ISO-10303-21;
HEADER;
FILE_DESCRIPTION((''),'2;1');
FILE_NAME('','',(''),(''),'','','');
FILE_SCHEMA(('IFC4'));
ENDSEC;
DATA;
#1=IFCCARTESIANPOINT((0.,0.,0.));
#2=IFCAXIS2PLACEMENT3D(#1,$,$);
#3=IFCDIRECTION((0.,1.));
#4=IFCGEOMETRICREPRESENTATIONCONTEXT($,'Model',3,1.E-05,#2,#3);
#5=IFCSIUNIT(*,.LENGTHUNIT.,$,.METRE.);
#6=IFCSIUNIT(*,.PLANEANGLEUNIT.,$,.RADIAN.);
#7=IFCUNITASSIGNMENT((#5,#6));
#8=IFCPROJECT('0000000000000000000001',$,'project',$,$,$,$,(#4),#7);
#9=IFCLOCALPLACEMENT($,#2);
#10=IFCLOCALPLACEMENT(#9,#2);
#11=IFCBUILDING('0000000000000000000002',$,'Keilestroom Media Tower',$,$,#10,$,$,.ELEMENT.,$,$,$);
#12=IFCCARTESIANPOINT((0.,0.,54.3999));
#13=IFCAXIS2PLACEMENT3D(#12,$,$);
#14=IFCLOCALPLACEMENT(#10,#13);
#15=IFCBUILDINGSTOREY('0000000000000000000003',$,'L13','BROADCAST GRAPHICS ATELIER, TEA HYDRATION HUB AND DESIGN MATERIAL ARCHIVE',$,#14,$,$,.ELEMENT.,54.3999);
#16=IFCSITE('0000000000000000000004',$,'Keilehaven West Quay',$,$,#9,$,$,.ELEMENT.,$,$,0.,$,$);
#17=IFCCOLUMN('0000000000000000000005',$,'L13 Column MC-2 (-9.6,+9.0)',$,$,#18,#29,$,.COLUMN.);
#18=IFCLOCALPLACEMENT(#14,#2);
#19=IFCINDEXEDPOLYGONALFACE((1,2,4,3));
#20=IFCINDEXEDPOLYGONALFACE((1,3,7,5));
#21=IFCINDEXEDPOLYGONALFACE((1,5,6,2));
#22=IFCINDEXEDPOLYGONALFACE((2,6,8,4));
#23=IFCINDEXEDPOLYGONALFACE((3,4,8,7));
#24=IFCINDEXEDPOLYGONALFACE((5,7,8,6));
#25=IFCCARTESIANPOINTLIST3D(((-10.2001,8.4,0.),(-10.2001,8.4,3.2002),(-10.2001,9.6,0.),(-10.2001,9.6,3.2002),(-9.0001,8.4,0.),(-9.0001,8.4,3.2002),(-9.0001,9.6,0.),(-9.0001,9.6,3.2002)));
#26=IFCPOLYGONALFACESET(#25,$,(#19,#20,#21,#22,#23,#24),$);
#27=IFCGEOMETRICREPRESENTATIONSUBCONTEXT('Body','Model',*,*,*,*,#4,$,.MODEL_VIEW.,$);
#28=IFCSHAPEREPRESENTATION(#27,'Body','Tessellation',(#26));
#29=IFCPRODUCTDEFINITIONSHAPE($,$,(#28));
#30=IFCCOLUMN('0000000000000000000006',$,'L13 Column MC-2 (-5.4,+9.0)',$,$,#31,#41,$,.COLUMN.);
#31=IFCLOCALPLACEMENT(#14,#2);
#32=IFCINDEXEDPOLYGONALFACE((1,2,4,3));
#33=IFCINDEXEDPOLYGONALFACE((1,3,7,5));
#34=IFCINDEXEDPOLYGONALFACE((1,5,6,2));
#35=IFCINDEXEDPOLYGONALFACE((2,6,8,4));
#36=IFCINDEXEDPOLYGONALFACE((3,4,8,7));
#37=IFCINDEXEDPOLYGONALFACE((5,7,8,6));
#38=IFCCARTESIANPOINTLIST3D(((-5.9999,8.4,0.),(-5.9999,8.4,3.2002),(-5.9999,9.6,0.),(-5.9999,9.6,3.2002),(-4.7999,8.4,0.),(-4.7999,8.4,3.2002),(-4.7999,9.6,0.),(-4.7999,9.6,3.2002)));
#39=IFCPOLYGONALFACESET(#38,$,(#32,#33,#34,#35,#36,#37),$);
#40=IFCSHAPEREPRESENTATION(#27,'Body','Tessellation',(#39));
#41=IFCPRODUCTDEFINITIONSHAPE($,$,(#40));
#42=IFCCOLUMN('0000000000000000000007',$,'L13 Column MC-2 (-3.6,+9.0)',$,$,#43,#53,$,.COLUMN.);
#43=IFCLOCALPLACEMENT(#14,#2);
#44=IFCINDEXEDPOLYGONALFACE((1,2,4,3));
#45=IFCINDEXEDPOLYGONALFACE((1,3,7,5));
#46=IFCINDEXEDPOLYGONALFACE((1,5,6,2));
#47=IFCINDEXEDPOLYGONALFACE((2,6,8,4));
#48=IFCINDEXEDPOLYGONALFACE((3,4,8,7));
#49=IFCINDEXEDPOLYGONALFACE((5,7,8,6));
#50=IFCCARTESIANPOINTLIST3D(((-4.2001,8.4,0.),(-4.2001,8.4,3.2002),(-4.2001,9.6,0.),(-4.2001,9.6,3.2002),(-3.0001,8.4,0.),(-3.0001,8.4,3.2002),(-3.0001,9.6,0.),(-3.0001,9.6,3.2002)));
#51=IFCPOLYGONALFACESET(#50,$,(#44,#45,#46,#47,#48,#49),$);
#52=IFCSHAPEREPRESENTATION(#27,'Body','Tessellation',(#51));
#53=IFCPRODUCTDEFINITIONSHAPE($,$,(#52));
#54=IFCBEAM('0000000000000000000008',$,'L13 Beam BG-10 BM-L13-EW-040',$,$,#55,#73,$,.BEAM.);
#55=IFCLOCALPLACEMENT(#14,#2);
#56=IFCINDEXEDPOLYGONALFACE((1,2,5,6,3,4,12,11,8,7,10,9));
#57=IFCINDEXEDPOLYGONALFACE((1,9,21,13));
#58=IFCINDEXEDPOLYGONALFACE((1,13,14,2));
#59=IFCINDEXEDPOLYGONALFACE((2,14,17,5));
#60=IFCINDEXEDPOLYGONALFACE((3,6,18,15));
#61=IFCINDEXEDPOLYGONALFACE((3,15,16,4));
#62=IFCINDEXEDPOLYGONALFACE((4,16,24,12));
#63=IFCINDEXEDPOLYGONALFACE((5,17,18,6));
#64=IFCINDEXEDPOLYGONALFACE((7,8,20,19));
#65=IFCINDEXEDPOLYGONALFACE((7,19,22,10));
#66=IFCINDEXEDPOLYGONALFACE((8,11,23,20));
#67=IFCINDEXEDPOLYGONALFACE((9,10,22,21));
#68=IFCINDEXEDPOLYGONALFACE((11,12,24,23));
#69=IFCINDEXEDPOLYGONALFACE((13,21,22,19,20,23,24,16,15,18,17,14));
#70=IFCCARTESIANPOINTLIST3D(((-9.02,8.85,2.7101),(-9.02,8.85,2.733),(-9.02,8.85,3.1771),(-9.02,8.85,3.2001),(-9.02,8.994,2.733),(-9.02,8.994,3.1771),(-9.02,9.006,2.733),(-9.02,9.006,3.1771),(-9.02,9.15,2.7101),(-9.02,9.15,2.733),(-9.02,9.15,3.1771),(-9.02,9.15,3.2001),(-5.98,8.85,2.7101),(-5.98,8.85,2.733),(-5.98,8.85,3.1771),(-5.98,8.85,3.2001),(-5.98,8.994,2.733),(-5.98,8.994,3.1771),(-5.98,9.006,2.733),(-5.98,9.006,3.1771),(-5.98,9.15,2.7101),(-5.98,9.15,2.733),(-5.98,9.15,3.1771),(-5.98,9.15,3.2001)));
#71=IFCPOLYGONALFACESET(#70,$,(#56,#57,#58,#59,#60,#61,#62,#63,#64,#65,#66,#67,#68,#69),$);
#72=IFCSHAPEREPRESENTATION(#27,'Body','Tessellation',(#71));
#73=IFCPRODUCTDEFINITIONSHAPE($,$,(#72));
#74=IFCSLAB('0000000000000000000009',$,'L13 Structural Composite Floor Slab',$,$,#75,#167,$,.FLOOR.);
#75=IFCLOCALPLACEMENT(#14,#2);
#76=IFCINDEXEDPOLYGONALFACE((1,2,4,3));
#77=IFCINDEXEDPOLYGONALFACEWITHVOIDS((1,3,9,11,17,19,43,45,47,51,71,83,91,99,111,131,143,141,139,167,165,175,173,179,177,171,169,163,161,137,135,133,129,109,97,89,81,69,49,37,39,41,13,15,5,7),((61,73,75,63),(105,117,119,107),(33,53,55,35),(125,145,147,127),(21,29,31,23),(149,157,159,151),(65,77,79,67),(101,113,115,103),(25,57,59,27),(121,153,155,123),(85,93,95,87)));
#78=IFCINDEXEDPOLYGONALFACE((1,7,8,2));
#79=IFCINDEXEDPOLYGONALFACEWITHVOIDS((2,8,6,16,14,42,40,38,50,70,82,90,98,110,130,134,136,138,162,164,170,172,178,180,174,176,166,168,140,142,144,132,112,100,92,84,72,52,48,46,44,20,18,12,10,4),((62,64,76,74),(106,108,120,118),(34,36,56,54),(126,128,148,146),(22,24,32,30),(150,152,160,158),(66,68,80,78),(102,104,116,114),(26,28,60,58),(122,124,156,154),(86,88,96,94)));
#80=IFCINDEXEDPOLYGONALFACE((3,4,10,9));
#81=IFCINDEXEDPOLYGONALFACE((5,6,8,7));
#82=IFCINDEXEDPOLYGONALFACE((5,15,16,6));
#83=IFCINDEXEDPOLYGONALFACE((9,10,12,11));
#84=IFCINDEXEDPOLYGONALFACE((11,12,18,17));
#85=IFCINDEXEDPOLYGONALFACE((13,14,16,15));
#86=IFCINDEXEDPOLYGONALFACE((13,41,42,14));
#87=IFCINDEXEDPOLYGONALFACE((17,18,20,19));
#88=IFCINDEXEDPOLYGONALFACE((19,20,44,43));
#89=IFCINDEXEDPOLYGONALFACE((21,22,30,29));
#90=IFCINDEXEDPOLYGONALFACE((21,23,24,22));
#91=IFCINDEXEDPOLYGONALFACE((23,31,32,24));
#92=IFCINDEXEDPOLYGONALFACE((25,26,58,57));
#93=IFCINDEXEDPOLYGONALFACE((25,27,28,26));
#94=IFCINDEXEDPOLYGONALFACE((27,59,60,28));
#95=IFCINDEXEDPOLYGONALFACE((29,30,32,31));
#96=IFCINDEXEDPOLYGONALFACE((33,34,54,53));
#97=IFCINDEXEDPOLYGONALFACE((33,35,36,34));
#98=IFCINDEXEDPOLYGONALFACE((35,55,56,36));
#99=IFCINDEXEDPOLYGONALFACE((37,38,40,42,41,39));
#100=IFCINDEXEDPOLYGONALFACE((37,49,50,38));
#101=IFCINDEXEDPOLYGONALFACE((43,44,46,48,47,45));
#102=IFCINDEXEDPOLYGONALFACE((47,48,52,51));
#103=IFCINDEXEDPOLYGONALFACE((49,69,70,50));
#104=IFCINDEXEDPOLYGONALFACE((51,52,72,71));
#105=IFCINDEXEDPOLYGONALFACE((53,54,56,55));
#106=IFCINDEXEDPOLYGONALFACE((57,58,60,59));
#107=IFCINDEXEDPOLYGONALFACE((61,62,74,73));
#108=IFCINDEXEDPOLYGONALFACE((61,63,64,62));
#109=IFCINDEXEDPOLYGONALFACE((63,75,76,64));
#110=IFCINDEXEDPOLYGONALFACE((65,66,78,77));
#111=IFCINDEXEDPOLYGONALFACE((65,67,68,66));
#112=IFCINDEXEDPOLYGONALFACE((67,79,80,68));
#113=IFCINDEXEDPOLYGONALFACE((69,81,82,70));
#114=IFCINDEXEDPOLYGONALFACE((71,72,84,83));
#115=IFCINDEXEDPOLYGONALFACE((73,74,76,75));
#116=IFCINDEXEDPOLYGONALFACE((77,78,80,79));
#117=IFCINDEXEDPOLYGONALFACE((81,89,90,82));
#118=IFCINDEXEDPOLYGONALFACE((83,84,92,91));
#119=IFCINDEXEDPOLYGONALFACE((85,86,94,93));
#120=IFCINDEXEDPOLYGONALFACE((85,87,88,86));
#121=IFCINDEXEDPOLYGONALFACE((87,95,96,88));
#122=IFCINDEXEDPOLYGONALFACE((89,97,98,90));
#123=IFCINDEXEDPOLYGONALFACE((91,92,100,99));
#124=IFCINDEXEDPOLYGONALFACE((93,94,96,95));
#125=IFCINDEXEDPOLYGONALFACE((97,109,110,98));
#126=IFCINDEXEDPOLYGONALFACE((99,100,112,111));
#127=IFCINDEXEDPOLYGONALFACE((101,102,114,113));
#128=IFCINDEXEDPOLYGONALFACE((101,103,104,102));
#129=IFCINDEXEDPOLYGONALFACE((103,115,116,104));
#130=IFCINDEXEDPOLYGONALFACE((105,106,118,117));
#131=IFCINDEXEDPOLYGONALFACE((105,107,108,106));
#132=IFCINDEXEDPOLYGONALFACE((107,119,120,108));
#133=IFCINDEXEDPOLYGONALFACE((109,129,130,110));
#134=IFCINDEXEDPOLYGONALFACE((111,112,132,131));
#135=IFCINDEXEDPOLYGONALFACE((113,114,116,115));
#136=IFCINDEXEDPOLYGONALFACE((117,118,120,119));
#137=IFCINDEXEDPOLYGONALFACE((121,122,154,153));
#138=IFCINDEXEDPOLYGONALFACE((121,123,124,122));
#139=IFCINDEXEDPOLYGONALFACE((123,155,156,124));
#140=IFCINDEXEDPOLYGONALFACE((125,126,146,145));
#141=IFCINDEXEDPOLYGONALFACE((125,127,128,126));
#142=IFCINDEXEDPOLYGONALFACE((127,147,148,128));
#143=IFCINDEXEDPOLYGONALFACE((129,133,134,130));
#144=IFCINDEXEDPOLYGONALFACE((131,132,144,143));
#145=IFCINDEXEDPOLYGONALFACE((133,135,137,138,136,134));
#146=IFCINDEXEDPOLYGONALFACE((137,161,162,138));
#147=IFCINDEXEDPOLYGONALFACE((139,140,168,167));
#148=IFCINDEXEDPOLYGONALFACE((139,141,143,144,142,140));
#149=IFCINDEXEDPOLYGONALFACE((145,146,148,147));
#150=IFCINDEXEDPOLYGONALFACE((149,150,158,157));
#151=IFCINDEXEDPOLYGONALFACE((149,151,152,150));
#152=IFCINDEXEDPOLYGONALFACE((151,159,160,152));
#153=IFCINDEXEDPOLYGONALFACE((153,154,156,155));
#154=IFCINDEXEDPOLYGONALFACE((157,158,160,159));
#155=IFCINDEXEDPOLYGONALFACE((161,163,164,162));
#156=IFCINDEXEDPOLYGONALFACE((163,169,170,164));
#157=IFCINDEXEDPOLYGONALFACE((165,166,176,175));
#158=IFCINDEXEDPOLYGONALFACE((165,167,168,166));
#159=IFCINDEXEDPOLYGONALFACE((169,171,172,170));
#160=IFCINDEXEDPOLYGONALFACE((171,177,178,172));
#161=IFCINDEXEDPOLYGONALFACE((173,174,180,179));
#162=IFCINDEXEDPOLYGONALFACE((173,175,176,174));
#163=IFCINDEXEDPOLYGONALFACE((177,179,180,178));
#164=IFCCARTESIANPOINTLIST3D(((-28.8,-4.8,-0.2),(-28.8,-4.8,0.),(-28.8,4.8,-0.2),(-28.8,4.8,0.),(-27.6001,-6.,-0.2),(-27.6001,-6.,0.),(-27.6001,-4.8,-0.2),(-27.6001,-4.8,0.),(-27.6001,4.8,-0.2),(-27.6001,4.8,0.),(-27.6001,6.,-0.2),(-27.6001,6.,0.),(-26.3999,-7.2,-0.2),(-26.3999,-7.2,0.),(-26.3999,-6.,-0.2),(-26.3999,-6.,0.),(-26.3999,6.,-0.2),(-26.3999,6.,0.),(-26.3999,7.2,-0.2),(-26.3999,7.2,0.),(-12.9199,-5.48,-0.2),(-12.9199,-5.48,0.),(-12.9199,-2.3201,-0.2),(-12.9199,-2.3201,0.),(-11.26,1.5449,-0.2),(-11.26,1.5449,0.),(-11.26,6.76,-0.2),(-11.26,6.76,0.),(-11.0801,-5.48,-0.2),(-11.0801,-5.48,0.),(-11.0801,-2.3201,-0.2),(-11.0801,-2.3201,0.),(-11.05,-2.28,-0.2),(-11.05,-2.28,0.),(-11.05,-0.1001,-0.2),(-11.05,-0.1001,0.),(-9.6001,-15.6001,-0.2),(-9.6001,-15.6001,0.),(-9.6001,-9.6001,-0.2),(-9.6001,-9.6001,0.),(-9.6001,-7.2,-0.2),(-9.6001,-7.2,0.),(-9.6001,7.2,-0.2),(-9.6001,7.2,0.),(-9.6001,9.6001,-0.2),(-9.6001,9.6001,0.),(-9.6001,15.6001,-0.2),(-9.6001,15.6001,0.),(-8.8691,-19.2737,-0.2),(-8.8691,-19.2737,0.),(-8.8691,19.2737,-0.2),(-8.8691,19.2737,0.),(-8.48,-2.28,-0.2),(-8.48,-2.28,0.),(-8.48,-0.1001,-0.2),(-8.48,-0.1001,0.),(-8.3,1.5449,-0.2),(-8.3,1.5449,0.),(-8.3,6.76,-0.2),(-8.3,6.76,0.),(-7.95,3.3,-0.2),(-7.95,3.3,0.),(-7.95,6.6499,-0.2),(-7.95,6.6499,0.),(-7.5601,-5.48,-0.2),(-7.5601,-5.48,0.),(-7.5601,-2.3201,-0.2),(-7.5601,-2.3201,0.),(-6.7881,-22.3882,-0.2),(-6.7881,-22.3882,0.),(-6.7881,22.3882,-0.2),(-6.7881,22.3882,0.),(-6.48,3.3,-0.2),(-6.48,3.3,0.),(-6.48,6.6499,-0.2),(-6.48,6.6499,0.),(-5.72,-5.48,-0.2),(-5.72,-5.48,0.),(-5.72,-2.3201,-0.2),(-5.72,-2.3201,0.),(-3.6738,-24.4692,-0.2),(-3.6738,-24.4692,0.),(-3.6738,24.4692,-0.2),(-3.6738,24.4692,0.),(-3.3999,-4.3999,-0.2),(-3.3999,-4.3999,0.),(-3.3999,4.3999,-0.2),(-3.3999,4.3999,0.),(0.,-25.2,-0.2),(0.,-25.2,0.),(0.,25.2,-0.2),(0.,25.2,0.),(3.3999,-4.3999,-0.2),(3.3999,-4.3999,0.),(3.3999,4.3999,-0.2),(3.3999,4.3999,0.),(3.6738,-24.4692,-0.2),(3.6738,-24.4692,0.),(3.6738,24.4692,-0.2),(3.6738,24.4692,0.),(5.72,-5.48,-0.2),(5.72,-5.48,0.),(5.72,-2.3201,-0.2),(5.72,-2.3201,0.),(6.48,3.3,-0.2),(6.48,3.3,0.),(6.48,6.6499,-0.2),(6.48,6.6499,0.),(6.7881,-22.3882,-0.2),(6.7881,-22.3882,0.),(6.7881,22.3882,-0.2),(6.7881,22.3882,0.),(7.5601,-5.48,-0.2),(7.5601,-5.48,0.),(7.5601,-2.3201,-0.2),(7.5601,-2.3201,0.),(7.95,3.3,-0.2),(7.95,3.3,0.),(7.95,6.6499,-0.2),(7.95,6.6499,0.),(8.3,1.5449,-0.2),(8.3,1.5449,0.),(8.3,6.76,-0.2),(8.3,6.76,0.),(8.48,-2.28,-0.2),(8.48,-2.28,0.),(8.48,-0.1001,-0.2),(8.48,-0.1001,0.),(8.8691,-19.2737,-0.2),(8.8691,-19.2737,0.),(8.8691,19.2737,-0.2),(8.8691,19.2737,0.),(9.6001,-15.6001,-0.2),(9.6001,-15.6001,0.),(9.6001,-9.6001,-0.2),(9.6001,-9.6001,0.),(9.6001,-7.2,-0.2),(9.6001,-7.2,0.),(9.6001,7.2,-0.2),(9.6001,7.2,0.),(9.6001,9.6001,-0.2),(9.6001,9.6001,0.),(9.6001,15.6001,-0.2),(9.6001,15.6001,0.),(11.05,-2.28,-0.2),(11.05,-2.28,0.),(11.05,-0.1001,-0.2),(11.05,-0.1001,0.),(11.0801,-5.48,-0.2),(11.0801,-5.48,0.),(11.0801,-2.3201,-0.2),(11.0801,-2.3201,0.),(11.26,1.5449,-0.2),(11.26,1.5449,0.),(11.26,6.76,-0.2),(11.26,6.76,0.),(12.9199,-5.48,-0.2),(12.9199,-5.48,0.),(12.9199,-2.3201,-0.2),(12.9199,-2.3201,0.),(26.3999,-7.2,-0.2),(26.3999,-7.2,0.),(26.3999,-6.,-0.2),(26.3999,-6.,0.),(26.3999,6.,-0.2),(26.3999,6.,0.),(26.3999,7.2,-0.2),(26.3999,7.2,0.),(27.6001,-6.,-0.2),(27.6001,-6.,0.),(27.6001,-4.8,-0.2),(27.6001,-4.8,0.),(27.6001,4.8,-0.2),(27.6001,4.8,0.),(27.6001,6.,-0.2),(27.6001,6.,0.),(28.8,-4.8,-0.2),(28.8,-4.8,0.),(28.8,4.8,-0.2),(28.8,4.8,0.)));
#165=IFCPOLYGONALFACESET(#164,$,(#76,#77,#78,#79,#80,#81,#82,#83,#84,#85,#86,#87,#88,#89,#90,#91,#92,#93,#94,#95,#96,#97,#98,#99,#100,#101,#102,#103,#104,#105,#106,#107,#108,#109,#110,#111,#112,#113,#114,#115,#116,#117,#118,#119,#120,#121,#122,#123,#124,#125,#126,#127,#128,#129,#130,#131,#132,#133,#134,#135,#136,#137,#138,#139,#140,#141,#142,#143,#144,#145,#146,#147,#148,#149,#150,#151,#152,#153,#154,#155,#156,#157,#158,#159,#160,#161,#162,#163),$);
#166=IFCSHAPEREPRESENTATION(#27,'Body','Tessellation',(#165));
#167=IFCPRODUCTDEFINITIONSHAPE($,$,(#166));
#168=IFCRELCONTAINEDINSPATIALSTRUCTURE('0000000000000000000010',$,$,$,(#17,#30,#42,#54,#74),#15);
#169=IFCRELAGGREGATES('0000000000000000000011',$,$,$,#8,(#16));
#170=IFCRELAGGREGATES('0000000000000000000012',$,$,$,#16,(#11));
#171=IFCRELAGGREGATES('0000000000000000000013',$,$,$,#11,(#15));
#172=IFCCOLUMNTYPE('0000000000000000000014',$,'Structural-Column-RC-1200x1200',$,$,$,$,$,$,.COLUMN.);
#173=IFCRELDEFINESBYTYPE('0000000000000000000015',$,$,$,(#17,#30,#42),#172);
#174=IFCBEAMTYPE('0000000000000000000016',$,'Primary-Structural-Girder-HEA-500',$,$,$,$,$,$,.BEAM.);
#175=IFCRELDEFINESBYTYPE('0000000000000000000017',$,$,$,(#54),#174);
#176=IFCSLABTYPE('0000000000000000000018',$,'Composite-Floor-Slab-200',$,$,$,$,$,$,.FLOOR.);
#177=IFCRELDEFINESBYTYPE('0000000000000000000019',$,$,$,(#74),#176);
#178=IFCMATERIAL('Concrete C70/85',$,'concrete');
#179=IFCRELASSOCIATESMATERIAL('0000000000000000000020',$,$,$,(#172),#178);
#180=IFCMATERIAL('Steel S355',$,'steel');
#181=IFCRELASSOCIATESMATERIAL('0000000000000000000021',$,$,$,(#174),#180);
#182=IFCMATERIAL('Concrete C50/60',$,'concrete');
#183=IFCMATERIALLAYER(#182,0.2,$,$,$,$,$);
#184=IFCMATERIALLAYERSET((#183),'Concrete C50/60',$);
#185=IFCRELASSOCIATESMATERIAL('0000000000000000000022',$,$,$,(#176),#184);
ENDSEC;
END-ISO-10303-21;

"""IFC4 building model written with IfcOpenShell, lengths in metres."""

from ifc_helpers import new_model, si_unit, direction, frame, origin, origin_2d, place, context, subcontext, project, spatial, polyline, rectangle, i_section, outline, extrude, source, transform, mapped, material, layer, layer_set, material_profile, profile_set, type_object, element, save


model = new_model("IFC4")

# Units and contexts
model_context = context("Model", 3, precision=1e-05, world=origin(), true_north=direction((0.0, 1.0)))
body_context = subcontext(model_context, "Body", "Model", "MODEL_VIEW")
ifc_project = project(units=[si_unit("LENGTHUNIT", "METRE"), si_unit("PLANEANGLEUNIT", "RADIAN")], contexts=[model_context])

# Site, building, storey
site_placement = place(None, origin())
site = spatial("IfcSite", under=ifc_project, at=site_placement, Name="Keilehaven West Quay", CompositionType="ELEMENT", RefElevation=0.0)
building_placement = place(site_placement, origin())
building = spatial("IfcBuilding", under=site, at=building_placement, Name="Keilestroom Media Tower", CompositionType="ELEMENT")
storey_placement = place(building_placement, frame((0.0, 0.0, 54.3999)))
storey = spatial("IfcBuildingStorey", under=building, at=storey_placement, Name="L13", Description="BROADCAST GRAPHICS ATELIER, TEA HYDRATION HUB AND DESIGN MATERIAL ARCHIVE", CompositionType="ELEMENT", Elevation=54.3999)

# Columns
ifc_material_1 = material(Name="Concrete C70/85", Category="concrete")
ifc_material_profile_1 = material_profile(ifc_material_1, rectangle(XDim=1.2, YDim=1.2, at=origin_2d()), Name="RC 1200x1200")
ifc_profile_set_1 = profile_set([ifc_material_profile_1], Name="Concrete C70/85")
column_type = type_object("IfcColumnType", Name="Structural-Column-RC-1200x1200", PredefinedType="COLUMN", material=ifc_profile_set_1)
shared_shape_1 = source(origin(), body_context, "Body", "SweptSolid", [
    extrude(rectangle(XDim=1.2, YDim=1.2, at=origin_2d()), origin(), (0.0, 0.0, 1.0), 3.2002),
])
for number, where, z_axis, x_axis, name in (
    (1, (-9.6001, 9.0, 0.0), (0.0, 0.0, 1.0), (1.0, 0.0, 0.0), "L13 Column MC-2 (-9.6,+9.0)"),
    (2, (-5.3999, 9.0, 0.0), (0.0, 0.0, 1.0), (1.0, 0.0, 0.0), "L13 Column MC-2 (-5.4,+9.0)"),
    (3, (-3.6001, 9.0, 0.0), (0.0, 0.0, 1.0), (1.0, 0.0, 0.0), "L13 Column MC-2 (-3.6,+9.0)"),
):
    element("IfcColumn", number, at=place(storey_placement, frame(where, z_axis=z_axis, x_axis=x_axis)), inside=storey, type_object=column_type, Name=name, PredefinedType="COLUMN", context=body_context, shape_type="MappedRepresentation", body=[
        mapped(shared_shape_1, transform((0.0, 0.0, 0.0), x_axis=(1.0, 0.0, 0.0), y_axis=(0.0, 1.0, 0.0), z_axis=(0.0, 0.0, 1.0), scale=1.0)),
    ])

# Beam
ifc_material_2 = material(Name="Steel S355", Category="steel")
ifc_material_profile_2 = material_profile(ifc_material_2, i_section(OverallWidth=0.3, OverallDepth=0.49, WebThickness=0.012, FlangeThickness=0.0229, at=origin_2d()), Name="HEA 500")
ifc_profile_set_2 = profile_set([ifc_material_profile_2], Name="Steel S355")
beam_type = type_object("IfcBeamType", Name="Primary-Structural-Girder-HEA-500", PredefinedType="BEAM", material=ifc_profile_set_2)
shared_shape_2 = source(origin(), body_context, "Body", "SweptSolid", [
    extrude(i_section(OverallWidth=0.3, OverallDepth=0.49, WebThickness=0.012, FlangeThickness=0.0229, at=origin_2d()), origin(), (0.0, 0.0, 1.0), 3.04),
])
beam_placement = place(storey_placement, frame((-9.02, 9.0, 2.9551), z_axis=(1.0, 0.0, 0.0), x_axis=(0.0, 1.0, 0.0)))
element("IfcBeam", 4, at=beam_placement, inside=storey, type_object=beam_type, Name="L13 Beam BG-10 BM-L13-EW-040", PredefinedType="BEAM", context=body_context, shape_type="MappedRepresentation", body=[
    mapped(shared_shape_2, transform((0.0, 0.0, 0.0), x_axis=(1.0, 0.0, 0.0), y_axis=(0.0, 1.0, 0.0), z_axis=(0.0, 0.0, 1.0), scale=1.0)),
])

# Slab
ifc_material_3 = material(Name="Concrete C50/60", Category="concrete")
ifc_layer_1 = layer(ifc_material_3, 0.2)
ifc_layer_set_1 = layer_set([ifc_layer_1], Name="Concrete C50/60")
slab_type = type_object("IfcSlabType", Name="Composite-Floor-Slab-200", PredefinedType="FLOOR", material=ifc_layer_set_1)
slab_placement = place(storey_placement, frame((0.0, 0.0, -0.2)))
element("IfcSlab", 5, at=slab_placement, inside=storey, type_object=slab_type, Name="L13 Structural Composite Floor Slab", PredefinedType="FLOOR", context=body_context, shape_type="SweptSolid", body=[
    extrude(outline(polyline([(28.8, -4.8), (28.8, 4.8), (27.6001, 4.8), (27.6001, 6.0), (26.3999, 6.0), (26.3999, 7.2), (9.6001, 7.2), (9.6001, 9.6001), (9.6001, 15.6001), (8.8691, 19.2737), (6.7881, 22.3882), (3.6738, 24.4692), (0.0, 25.2), (-3.6738, 24.4692), (-6.7881, 22.3882), (-8.8691, 19.2737), (-9.6001, 15.6001), (-9.6001, 9.6001), (-9.6001, 7.2), (-26.3999, 7.2), (-26.3999, 6.0), (-27.6001, 6.0), (-27.6001, 4.8), (-28.8, 4.8), (-28.8, -4.8), (-27.6001, -4.8), (-27.6001, -6.0), (-26.3999, -6.0), (-26.3999, -7.2), (-9.6001, -7.2), (-9.6001, -9.6001), (-9.6001, -15.6001), (-8.8691, -19.2737), (-6.7881, -22.3882), (-3.6738, -24.4692), (0.0, -25.2), (3.6738, -24.4692), (6.7881, -22.3882), (8.8691, -19.2737), (9.6001, -15.6001), (9.6001, -9.6001), (9.6001, -7.2), (26.3999, -7.2), (26.3999, -6.0), (27.6001, -6.0), (27.6001, -4.8), (28.8, -4.8)]), holes=[polyline([(-12.9199, -5.48), (-12.9199, -2.3201), (-11.0801, -2.3201), (-11.0801, -5.48), (-12.9199, -5.48)]), polyline([(-11.26, 1.5449), (-11.26, 6.76), (-8.3, 6.76), (-8.3, 1.5449), (-11.26, 1.5449)]), polyline([(-11.05, -2.28), (-11.05, -0.1001), (-8.48, -0.1001), (-8.48, -2.28), (-11.05, -2.28)]), polyline([(-7.95, 3.3), (-7.95, 6.6499), (-6.48, 6.6499), (-6.48, 3.3), (-7.95, 3.3)]), polyline([(-7.5601, -5.48), (-7.5601, -2.3201), (-5.72, -2.3201), (-5.72, -5.48), (-7.5601, -5.48)]), polyline([(-3.3999, -4.3999), (-3.3999, 4.3999), (3.3999, 4.3999), (3.3999, -4.3999), (-3.3999, -4.3999)]), polyline([(5.72, -5.48), (5.72, -2.3201), (7.5601, -2.3201), (7.5601, -5.48), (5.72, -5.48)]), polyline([(7.95, 6.6499), (7.95, 3.3), (6.48, 3.3), (6.48, 6.6499), (7.95, 6.6499)]), polyline([(8.3, 6.76), (11.26, 6.76), (11.26, 1.5449), (8.3, 1.5449), (8.3, 6.76)]), polyline([(8.48, -2.28), (8.48, -0.1001), (11.05, -0.1001), (11.05, -2.28), (8.48, -2.28)]), polyline([(12.9199, -5.48), (11.0801, -5.48), (11.0801, -2.3201), (12.9199, -2.3201), (12.9199, -5.48)])]), origin(), (0.0, 0.0, 1.0), 0.2),
])

save(model, "model.ifc")
